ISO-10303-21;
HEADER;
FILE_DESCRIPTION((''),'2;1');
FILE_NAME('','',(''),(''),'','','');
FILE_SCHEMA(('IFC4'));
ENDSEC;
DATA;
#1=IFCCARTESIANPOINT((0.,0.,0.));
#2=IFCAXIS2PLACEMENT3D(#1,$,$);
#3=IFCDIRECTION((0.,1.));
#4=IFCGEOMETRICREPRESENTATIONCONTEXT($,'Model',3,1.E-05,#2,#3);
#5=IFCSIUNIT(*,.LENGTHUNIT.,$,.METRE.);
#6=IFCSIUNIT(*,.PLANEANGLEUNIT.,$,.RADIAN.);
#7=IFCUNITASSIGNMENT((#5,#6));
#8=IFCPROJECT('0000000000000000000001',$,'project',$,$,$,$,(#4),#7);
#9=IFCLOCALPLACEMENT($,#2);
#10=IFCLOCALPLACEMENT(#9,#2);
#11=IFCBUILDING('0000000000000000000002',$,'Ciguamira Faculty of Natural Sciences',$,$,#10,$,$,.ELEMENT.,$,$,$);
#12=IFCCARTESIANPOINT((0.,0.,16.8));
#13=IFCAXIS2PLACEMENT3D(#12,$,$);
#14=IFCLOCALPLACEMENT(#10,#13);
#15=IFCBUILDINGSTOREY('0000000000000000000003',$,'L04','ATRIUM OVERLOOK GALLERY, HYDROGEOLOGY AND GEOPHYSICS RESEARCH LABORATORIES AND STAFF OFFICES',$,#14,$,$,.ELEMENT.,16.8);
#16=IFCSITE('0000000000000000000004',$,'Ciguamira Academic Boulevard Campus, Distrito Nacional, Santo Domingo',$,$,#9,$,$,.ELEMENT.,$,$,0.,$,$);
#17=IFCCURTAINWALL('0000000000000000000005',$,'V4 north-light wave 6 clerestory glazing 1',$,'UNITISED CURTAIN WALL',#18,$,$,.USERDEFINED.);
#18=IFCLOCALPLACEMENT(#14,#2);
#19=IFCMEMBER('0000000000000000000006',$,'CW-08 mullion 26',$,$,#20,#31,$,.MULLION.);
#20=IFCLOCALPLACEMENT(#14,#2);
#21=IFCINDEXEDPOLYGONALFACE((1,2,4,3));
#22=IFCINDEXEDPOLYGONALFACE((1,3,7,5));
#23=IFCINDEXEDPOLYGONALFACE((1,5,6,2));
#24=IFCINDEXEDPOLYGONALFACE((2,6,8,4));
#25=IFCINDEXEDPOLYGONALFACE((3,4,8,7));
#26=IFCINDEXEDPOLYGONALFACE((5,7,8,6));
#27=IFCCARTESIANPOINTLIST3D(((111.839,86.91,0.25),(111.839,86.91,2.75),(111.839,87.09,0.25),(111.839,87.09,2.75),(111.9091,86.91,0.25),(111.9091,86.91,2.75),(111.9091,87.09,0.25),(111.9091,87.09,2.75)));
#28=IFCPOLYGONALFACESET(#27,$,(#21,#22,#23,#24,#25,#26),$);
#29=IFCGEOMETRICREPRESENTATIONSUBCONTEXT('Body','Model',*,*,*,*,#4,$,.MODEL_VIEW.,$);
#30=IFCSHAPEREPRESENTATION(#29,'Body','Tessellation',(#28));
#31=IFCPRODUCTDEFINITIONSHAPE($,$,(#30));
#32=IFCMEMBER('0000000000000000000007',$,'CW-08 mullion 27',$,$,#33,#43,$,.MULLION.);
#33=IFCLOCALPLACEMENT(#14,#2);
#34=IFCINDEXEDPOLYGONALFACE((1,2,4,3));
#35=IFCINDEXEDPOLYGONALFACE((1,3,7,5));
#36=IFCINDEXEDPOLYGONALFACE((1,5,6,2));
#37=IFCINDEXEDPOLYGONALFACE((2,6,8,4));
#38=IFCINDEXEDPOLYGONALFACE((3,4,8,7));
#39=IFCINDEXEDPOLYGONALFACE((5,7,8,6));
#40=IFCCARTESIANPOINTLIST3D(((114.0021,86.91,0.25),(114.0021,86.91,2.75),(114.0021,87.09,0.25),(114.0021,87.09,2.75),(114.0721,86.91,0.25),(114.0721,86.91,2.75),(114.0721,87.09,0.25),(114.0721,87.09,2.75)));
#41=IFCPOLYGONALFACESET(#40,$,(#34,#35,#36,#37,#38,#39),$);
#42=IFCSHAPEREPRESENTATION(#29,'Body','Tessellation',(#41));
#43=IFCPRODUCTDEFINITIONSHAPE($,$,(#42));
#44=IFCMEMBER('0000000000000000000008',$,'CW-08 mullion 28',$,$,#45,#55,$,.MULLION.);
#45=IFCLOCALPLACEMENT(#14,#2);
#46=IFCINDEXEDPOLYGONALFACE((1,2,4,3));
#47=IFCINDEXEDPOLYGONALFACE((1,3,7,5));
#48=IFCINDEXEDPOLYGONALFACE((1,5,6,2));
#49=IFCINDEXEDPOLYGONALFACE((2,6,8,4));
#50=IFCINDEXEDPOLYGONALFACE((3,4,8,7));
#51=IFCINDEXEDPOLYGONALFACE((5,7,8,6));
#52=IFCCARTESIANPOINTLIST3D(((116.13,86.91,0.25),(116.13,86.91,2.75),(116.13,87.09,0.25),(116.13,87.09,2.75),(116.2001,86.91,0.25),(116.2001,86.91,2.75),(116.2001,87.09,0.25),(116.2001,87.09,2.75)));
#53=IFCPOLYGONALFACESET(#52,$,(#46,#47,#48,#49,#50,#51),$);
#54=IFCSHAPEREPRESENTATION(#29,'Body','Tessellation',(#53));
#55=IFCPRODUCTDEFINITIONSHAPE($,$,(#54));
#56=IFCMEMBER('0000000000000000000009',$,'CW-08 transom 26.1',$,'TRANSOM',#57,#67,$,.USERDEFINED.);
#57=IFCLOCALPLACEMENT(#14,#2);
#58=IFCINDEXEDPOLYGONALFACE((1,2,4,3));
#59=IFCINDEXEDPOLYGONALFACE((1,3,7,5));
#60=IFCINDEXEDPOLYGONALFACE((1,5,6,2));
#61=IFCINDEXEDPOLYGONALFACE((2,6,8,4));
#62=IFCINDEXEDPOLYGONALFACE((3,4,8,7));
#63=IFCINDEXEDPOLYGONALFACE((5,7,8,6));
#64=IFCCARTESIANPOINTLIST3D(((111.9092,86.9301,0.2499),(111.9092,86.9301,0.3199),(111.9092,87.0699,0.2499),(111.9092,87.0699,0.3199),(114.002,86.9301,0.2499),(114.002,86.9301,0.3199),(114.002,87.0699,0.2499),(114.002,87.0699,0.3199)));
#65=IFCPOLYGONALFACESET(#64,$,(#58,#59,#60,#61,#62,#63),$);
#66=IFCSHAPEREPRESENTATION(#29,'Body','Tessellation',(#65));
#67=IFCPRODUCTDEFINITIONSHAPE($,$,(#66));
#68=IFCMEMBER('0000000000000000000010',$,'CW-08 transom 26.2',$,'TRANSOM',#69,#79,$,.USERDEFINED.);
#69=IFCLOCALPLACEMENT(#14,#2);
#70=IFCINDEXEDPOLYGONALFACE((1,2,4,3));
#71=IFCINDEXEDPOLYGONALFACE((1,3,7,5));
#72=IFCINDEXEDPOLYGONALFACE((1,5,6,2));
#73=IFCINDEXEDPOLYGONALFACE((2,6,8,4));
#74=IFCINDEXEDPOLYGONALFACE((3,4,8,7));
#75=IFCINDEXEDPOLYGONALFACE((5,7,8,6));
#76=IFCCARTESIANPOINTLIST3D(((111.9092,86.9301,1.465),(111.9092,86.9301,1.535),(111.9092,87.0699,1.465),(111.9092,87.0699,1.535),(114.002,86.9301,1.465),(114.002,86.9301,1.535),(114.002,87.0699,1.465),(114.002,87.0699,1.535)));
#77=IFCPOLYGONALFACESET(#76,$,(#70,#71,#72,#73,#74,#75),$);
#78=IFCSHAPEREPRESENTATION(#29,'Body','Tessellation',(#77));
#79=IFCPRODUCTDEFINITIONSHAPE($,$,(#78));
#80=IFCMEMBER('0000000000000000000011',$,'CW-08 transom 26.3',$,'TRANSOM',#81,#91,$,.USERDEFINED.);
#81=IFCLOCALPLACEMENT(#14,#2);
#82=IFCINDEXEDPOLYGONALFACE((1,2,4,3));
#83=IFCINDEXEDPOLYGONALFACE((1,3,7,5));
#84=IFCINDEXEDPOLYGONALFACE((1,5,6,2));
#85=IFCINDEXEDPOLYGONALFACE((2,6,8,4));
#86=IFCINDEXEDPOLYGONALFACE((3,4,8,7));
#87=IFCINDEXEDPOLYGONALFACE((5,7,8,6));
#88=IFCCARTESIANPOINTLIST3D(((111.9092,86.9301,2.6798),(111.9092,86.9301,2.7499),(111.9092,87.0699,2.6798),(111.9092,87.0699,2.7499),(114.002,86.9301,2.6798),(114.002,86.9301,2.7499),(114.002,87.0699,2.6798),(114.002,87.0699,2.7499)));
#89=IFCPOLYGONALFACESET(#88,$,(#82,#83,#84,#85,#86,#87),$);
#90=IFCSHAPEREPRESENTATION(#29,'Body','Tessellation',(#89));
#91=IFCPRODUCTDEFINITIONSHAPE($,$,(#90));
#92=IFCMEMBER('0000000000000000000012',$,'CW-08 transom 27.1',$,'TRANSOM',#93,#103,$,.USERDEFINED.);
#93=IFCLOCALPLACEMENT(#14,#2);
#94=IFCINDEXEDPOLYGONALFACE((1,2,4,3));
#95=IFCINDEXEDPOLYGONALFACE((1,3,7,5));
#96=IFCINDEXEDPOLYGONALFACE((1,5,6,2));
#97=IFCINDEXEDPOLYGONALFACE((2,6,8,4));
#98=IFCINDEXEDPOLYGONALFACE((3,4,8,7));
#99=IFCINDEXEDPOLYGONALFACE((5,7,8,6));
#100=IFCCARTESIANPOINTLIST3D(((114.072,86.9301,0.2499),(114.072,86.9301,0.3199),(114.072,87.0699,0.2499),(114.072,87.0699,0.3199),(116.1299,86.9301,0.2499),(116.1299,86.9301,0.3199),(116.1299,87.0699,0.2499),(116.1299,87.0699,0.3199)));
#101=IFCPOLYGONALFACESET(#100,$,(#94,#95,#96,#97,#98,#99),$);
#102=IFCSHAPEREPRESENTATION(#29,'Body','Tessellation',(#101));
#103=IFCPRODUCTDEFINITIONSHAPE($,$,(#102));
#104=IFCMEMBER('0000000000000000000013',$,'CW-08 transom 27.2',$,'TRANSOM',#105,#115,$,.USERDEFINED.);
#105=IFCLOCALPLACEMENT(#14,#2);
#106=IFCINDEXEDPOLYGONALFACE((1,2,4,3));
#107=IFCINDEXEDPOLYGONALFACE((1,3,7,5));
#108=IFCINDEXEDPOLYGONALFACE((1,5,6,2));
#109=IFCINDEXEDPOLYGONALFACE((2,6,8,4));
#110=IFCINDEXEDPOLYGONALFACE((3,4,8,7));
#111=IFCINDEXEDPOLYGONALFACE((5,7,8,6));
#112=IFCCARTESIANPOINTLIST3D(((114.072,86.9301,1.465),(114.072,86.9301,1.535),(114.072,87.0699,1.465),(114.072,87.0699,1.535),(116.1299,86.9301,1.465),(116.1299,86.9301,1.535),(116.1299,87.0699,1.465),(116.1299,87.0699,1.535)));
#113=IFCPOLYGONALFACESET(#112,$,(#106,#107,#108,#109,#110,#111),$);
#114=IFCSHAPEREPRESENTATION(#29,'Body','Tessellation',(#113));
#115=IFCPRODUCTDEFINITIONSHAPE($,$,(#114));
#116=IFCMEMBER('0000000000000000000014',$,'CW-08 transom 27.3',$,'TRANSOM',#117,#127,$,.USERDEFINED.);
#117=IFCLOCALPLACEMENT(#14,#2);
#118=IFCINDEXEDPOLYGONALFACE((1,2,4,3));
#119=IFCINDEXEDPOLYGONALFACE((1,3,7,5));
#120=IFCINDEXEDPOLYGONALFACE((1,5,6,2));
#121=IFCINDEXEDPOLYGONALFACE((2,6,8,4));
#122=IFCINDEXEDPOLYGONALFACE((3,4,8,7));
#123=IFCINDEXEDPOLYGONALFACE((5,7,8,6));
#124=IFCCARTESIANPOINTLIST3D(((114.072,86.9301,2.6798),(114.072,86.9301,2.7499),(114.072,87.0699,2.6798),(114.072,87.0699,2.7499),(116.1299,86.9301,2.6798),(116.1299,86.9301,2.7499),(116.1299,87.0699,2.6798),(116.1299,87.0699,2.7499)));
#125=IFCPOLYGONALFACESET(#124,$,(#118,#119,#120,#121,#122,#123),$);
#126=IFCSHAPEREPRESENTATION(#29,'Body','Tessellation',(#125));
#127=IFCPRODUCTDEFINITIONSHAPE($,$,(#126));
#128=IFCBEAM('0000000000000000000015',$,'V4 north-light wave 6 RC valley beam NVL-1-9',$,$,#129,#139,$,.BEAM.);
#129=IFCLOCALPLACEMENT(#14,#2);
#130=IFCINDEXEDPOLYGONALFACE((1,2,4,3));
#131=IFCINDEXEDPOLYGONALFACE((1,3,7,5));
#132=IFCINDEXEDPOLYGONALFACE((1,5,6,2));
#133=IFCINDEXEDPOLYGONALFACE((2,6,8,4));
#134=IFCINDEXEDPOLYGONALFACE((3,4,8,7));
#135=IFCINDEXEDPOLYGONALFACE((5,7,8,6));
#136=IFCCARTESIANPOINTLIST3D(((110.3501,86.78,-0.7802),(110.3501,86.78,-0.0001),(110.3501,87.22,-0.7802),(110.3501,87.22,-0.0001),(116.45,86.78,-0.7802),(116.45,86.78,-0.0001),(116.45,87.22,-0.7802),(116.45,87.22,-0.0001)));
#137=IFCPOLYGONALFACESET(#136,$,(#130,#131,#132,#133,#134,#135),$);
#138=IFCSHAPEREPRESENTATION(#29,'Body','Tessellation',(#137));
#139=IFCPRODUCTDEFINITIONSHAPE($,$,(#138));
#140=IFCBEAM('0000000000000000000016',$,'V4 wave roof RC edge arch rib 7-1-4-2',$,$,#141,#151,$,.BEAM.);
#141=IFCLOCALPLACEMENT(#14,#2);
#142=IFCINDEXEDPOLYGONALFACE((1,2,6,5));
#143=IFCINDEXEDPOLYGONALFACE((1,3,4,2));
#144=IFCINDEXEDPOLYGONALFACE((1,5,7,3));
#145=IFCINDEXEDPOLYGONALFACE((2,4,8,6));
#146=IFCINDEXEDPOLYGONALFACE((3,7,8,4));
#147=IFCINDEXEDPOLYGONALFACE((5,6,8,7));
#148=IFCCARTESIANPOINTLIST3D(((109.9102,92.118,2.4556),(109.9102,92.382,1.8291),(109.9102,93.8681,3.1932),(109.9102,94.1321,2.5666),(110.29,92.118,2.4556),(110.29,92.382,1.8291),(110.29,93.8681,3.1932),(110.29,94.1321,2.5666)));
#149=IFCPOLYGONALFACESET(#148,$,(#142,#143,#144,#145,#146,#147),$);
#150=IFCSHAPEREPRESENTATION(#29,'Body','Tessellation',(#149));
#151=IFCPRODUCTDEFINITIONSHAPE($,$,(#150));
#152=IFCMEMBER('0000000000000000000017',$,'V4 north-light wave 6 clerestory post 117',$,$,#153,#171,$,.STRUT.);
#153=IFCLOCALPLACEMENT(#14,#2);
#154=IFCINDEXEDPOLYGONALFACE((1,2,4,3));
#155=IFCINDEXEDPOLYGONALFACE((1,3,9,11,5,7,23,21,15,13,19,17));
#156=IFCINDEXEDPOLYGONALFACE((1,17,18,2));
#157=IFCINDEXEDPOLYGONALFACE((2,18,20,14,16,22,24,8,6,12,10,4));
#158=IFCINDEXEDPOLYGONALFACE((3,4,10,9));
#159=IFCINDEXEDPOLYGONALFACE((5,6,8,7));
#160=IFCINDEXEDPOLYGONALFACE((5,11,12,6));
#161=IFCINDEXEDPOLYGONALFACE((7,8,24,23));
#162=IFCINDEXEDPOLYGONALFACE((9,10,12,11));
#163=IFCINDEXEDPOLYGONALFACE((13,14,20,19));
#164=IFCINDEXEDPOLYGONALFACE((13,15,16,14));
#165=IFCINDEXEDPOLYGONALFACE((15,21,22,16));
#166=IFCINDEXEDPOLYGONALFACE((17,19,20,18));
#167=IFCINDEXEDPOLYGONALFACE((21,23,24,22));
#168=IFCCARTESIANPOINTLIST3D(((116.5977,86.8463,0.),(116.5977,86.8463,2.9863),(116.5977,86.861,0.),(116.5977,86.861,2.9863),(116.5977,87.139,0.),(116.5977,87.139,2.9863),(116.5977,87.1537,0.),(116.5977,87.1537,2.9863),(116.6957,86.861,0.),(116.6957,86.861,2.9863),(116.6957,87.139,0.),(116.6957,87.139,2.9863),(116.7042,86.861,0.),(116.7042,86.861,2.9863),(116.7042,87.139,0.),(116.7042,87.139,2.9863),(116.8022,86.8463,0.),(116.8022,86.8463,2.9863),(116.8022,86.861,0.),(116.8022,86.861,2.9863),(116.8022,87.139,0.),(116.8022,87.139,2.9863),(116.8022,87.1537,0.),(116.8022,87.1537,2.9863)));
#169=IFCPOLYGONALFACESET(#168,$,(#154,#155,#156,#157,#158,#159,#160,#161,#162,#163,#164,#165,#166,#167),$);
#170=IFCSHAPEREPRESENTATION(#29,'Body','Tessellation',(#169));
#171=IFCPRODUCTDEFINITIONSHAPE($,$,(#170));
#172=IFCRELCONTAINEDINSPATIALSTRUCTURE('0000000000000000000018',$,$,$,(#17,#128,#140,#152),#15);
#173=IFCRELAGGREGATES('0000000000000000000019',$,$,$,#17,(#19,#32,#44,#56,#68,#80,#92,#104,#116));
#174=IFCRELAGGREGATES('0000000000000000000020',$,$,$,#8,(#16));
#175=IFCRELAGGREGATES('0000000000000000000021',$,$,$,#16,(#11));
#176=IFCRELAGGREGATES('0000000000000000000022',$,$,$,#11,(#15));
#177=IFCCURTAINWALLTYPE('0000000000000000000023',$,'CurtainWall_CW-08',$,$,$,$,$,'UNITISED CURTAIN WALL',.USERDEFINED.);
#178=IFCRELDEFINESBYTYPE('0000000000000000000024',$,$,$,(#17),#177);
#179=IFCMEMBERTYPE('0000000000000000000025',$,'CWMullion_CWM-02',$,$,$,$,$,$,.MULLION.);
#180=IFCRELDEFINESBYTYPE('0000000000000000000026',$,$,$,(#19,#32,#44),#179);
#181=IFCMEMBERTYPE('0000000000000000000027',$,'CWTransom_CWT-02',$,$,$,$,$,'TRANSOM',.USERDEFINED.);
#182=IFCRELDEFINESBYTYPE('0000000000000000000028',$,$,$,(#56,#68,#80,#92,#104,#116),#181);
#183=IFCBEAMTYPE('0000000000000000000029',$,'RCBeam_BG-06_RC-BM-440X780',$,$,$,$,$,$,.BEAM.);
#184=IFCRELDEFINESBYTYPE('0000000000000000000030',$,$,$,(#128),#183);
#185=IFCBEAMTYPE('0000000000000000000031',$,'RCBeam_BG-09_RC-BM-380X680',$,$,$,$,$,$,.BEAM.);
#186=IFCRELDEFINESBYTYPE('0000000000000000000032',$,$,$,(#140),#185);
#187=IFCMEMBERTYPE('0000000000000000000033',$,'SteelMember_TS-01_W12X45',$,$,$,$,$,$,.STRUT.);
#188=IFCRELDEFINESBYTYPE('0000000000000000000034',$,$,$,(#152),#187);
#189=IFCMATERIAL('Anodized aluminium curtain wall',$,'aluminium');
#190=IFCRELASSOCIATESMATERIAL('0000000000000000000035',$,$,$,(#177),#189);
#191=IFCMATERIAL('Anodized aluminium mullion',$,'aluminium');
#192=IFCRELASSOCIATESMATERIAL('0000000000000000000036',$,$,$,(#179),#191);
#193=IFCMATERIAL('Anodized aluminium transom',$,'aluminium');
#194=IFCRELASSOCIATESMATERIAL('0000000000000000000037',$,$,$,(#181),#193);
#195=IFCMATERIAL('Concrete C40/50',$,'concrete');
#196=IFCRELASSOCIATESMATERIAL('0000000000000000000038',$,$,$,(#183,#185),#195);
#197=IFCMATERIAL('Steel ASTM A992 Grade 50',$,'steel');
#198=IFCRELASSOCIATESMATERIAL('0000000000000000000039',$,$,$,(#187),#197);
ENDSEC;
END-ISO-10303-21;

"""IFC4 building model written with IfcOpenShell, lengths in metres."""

from ifc_helpers import new_model, si_unit, direction, frame, origin, origin_2d, place, context, subcontext, project, spatial, rectangle, i_section, extrude, material, material_profile, profile_set, type_object, element, aggregate, save


model = new_model("IFC4")

# Units and contexts
model_context = context("Model", 3, precision=1e-05, world=origin(), true_north=direction((0.0, 1.0)))
body_context = subcontext(model_context, "Body", "Model", "MODEL_VIEW")
ifc_project = project(units=[si_unit("LENGTHUNIT", "METRE"), si_unit("PLANEANGLEUNIT", "RADIAN")], contexts=[model_context])

# Site, building, storey
site_placement = place(None, origin())
site = spatial("IfcSite", under=ifc_project, at=site_placement, Name="Ciguamira Academic Boulevard Campus, Distrito Nacional, Santo Domingo", CompositionType="ELEMENT", RefElevation=0.0)
building_placement = place(site_placement, origin())
building = spatial("IfcBuilding", under=site, at=building_placement, Name="Ciguamira Faculty of Natural Sciences", CompositionType="ELEMENT")
storey_placement = place(building_placement, frame((0.0, 0.0, 16.8)))
storey = spatial("IfcBuildingStorey", under=building, at=storey_placement, Name="L04", Description="ATRIUM OVERLOOK GALLERY, HYDROGEOLOGY AND GEOPHYSICS RESEARCH LABORATORIES AND STAFF OFFICES", CompositionType="ELEMENT", Elevation=16.8)

# Curtain wall, members
ifc_material_1 = material(Name="Anodized aluminium curtain wall", Category="aluminium")
curtain_wall_type = type_object("IfcCurtainWallType", Name="CurtainWall_CW-08", ElementType="UNITISED CURTAIN WALL", PredefinedType="USERDEFINED", material=ifc_material_1)
curtain_wall_placement = place(storey_placement, origin())
curtain_wall = element("IfcCurtainWall", 1, at=curtain_wall_placement, inside=storey, type_object=curtain_wall_type, Name="V4 north-light wave 6 clerestory glazing 1", ObjectType="UNITISED CURTAIN WALL", PredefinedType="USERDEFINED")
ifc_material_2 = material(Name="Anodized aluminium mullion", Category="aluminium")
ifc_material_profile_1 = material_profile(ifc_material_2, rectangle(XDim=0.0701, YDim=0.1799, at=origin_2d()), Name="ALU-MUL-70X180")
ifc_profile_set_1 = profile_set([ifc_material_profile_1], Name="Anodized aluminium mullion")
member_type_1 = type_object("IfcMemberType", Name="CWMullion_CWM-02", PredefinedType="MULLION", material=ifc_profile_set_1)
member_1_placement = place(storey_placement, frame((111.874, 87.0, 0.25), z_axis=(0.0, 0.0, 1.0), x_axis=(1.0, 0.0, 0.0)))
member_1 = element("IfcMember", 2, at=member_1_placement, type_object=member_type_1, Name="CW-08 mullion 26", PredefinedType="MULLION", context=body_context, shape_type="SweptSolid", body=[
    extrude(rectangle(XDim=0.0701, YDim=0.1799, at=origin_2d()), origin(), (0.0, 0.0, 1.0), 2.5),
])
member_2_placement = place(storey_placement, frame((114.0371, 87.0, 0.25), z_axis=(0.0, 0.0, 1.0), x_axis=(1.0, 0.0, 0.0)))
member_2 = element("IfcMember", 3, at=member_2_placement, type_object=member_type_1, Name="CW-08 mullion 27", PredefinedType="MULLION", context=body_context, shape_type="SweptSolid", body=[
    extrude(rectangle(XDim=0.0701, YDim=0.1799, at=origin_2d()), origin(), (0.0, 0.0, 1.0), 2.5),
])
member_3_placement = place(storey_placement, frame((116.165, 87.0, 0.25), z_axis=(0.0, 0.0, 1.0), x_axis=(1.0, 0.0, 0.0)))
member_3 = element("IfcMember", 4, at=member_3_placement, type_object=member_type_1, Name="CW-08 mullion 28", PredefinedType="MULLION", context=body_context, shape_type="SweptSolid", body=[
    extrude(rectangle(XDim=0.0701, YDim=0.1799, at=origin_2d()), origin(), (0.0, 0.0, 1.0), 2.5),
])
ifc_material_3 = material(Name="Anodized aluminium transom", Category="aluminium")
ifc_material_profile_2 = material_profile(ifc_material_3, rectangle(XDim=0.0701, YDim=0.1399, at=origin_2d()), Name="ALU-TRN-70X140")
ifc_profile_set_2 = profile_set([ifc_material_profile_2], Name="Anodized aluminium transom")
member_type_2 = type_object("IfcMemberType", Name="CWTransom_CWT-02", ElementType="TRANSOM", PredefinedType="USERDEFINED", material=ifc_profile_set_2)
member_4_placement = place(storey_placement, frame((111.9092, 87.0, 0.2849), z_axis=(1.0, 0.0, 0.0), x_axis=(0.0, 0.0, 1.0)))
member_4 = element("IfcMember", 5, at=member_4_placement, type_object=member_type_2, Name="CW-08 transom 26.1", ObjectType="TRANSOM", PredefinedType="USERDEFINED", context=body_context, shape_type="SweptSolid", body=[
    extrude(rectangle(XDim=0.0701, YDim=0.1399, at=origin_2d()), origin(), (0.0, 0.0, 1.0), 2.0928),
])
member_5_placement = place(storey_placement, frame((111.9092, 87.0, 1.5), z_axis=(1.0, 0.0, 0.0), x_axis=(0.0, 0.0, 1.0)))
member_5 = element("IfcMember", 6, at=member_5_placement, type_object=member_type_2, Name="CW-08 transom 26.2", ObjectType="TRANSOM", PredefinedType="USERDEFINED", context=body_context, shape_type="SweptSolid", body=[
    extrude(rectangle(XDim=0.0701, YDim=0.1399, at=origin_2d()), origin(), (0.0, 0.0, 1.0), 2.0928),
])
member_6_placement = place(storey_placement, frame((111.9092, 87.0, 2.7148), z_axis=(1.0, 0.0, 0.0), x_axis=(0.0, 0.0, 1.0)))
member_6 = element("IfcMember", 7, at=member_6_placement, type_object=member_type_2, Name="CW-08 transom 26.3", ObjectType="TRANSOM", PredefinedType="USERDEFINED", context=body_context, shape_type="SweptSolid", body=[
    extrude(rectangle(XDim=0.0701, YDim=0.1399, at=origin_2d()), origin(), (0.0, 0.0, 1.0), 2.0928),
])
member_7_placement = place(storey_placement, frame((114.072, 87.0, 0.2849), z_axis=(1.0, 0.0, 0.0), x_axis=(0.0, 0.0, 1.0)))
member_7 = element("IfcMember", 8, at=member_7_placement, type_object=member_type_2, Name="CW-08 transom 27.1", ObjectType="TRANSOM", PredefinedType="USERDEFINED", context=body_context, shape_type="SweptSolid", body=[
    extrude(rectangle(XDim=0.0701, YDim=0.1399, at=origin_2d()), origin(), (0.0, 0.0, 1.0), 2.0579),
])
member_8_placement = place(storey_placement, frame((114.072, 87.0, 1.5), z_axis=(1.0, 0.0, 0.0), x_axis=(0.0, 0.0, 1.0)))
member_8 = element("IfcMember", 9, at=member_8_placement, type_object=member_type_2, Name="CW-08 transom 27.2", ObjectType="TRANSOM", PredefinedType="USERDEFINED", context=body_context, shape_type="SweptSolid", body=[
    extrude(rectangle(XDim=0.0701, YDim=0.1399, at=origin_2d()), origin(), (0.0, 0.0, 1.0), 2.0579),
])
member_9_placement = place(storey_placement, frame((114.072, 87.0, 2.7148), z_axis=(1.0, 0.0, 0.0), x_axis=(0.0, 0.0, 1.0)))
member_9 = element("IfcMember", 10, at=member_9_placement, type_object=member_type_2, Name="CW-08 transom 27.3", ObjectType="TRANSOM", PredefinedType="USERDEFINED", context=body_context, shape_type="SweptSolid", body=[
    extrude(rectangle(XDim=0.0701, YDim=0.1399, at=origin_2d()), origin(), (0.0, 0.0, 1.0), 2.0579),
])

# Beams
ifc_material_4 = material(Name="Concrete C40/50", Category="concrete")
ifc_material_profile_3 = material_profile(ifc_material_4, rectangle(XDim=0.4399, YDim=0.78, at=origin_2d()), Name="RC-BM-440X780")
ifc_profile_set_3 = profile_set([ifc_material_profile_3], Name="Concrete C40/50")
beam_type_1 = type_object("IfcBeamType", Name="RCBeam_BG-06_RC-BM-440X780", PredefinedType="BEAM", material=ifc_profile_set_3)
beam_1_placement = place(storey_placement, frame((110.3501, 87.0, -0.3901), z_axis=(1.0, 0.0, 0.0), x_axis=(0.0, 1.0, 0.0)))
element("IfcBeam", 11, at=beam_1_placement, inside=storey, type_object=beam_type_1, Name="V4 north-light wave 6 RC valley beam NVL-1-9", PredefinedType="BEAM", context=body_context, shape_type="SweptSolid", body=[
    extrude(rectangle(XDim=0.4399, YDim=0.78, at=origin_2d()), origin(), (0.0, 0.0, 1.0), 6.0999),
])
ifc_material_profile_4 = material_profile(ifc_material_4, rectangle(XDim=0.3799, YDim=0.6799, at=origin_2d()), Name="RC-BM-380X680")
ifc_profile_set_4 = profile_set([ifc_material_profile_4], Name="Concrete C40/50")
beam_type_2 = type_object("IfcBeamType", Name="RCBeam_BG-09_RC-BM-380X680", PredefinedType="BEAM", material=ifc_profile_set_4)
beam_2_placement = place(storey_placement, frame((110.1001, 92.25, 2.1423), z_axis=(0.0, 0.921502, 0.388373), x_axis=(-1.0, 0.0, 0.0)))
element("IfcBeam", 12, at=beam_2_placement, inside=storey, type_object=beam_type_2, Name="V4 wave roof RC edge arch rib 7-1-4-2", PredefinedType="BEAM", context=body_context, shape_type="SweptSolid", body=[
    extrude(rectangle(XDim=0.3799, YDim=0.6799, at=origin_2d()), origin(), (0.0, 0.0, 1.0), 1.8992),
])

# Member
ifc_material_5 = material(Name="Steel ASTM A992 Grade 50", Category="steel")
ifc_material_profile_5 = material_profile(ifc_material_5, i_section(OverallWidth=0.2046, OverallDepth=0.3074, WebThickness=0.0085, FlangeThickness=0.0146, at=origin_2d()), Name="W12X45")
ifc_profile_set_5 = profile_set([ifc_material_profile_5], Name="Steel ASTM A992 Grade 50")
member_type_3 = type_object("IfcMemberType", Name="SteelMember_TS-01_W12X45", PredefinedType="STRUT", material=ifc_profile_set_5)
member_10_placement = place(storey_placement, frame((116.7, 87.0, 0.0), z_axis=(0.0, 0.0, 1.0), x_axis=(1.0, 0.0, 0.0)))
element("IfcMember", 13, at=member_10_placement, inside=storey, type_object=member_type_3, Name="V4 north-light wave 6 clerestory post 117", PredefinedType="STRUT", context=body_context, shape_type="SweptSolid", body=[
    extrude(i_section(OverallWidth=0.2046, OverallDepth=0.3074, WebThickness=0.0085, FlangeThickness=0.0146, at=origin_2d()), origin(), (0.0, 0.0, 1.0), 2.9863),
])

aggregate(curtain_wall, [member_1, member_2, member_3, member_4, member_5, member_6, member_7, member_8, member_9])

save(model, "model.ifc")
